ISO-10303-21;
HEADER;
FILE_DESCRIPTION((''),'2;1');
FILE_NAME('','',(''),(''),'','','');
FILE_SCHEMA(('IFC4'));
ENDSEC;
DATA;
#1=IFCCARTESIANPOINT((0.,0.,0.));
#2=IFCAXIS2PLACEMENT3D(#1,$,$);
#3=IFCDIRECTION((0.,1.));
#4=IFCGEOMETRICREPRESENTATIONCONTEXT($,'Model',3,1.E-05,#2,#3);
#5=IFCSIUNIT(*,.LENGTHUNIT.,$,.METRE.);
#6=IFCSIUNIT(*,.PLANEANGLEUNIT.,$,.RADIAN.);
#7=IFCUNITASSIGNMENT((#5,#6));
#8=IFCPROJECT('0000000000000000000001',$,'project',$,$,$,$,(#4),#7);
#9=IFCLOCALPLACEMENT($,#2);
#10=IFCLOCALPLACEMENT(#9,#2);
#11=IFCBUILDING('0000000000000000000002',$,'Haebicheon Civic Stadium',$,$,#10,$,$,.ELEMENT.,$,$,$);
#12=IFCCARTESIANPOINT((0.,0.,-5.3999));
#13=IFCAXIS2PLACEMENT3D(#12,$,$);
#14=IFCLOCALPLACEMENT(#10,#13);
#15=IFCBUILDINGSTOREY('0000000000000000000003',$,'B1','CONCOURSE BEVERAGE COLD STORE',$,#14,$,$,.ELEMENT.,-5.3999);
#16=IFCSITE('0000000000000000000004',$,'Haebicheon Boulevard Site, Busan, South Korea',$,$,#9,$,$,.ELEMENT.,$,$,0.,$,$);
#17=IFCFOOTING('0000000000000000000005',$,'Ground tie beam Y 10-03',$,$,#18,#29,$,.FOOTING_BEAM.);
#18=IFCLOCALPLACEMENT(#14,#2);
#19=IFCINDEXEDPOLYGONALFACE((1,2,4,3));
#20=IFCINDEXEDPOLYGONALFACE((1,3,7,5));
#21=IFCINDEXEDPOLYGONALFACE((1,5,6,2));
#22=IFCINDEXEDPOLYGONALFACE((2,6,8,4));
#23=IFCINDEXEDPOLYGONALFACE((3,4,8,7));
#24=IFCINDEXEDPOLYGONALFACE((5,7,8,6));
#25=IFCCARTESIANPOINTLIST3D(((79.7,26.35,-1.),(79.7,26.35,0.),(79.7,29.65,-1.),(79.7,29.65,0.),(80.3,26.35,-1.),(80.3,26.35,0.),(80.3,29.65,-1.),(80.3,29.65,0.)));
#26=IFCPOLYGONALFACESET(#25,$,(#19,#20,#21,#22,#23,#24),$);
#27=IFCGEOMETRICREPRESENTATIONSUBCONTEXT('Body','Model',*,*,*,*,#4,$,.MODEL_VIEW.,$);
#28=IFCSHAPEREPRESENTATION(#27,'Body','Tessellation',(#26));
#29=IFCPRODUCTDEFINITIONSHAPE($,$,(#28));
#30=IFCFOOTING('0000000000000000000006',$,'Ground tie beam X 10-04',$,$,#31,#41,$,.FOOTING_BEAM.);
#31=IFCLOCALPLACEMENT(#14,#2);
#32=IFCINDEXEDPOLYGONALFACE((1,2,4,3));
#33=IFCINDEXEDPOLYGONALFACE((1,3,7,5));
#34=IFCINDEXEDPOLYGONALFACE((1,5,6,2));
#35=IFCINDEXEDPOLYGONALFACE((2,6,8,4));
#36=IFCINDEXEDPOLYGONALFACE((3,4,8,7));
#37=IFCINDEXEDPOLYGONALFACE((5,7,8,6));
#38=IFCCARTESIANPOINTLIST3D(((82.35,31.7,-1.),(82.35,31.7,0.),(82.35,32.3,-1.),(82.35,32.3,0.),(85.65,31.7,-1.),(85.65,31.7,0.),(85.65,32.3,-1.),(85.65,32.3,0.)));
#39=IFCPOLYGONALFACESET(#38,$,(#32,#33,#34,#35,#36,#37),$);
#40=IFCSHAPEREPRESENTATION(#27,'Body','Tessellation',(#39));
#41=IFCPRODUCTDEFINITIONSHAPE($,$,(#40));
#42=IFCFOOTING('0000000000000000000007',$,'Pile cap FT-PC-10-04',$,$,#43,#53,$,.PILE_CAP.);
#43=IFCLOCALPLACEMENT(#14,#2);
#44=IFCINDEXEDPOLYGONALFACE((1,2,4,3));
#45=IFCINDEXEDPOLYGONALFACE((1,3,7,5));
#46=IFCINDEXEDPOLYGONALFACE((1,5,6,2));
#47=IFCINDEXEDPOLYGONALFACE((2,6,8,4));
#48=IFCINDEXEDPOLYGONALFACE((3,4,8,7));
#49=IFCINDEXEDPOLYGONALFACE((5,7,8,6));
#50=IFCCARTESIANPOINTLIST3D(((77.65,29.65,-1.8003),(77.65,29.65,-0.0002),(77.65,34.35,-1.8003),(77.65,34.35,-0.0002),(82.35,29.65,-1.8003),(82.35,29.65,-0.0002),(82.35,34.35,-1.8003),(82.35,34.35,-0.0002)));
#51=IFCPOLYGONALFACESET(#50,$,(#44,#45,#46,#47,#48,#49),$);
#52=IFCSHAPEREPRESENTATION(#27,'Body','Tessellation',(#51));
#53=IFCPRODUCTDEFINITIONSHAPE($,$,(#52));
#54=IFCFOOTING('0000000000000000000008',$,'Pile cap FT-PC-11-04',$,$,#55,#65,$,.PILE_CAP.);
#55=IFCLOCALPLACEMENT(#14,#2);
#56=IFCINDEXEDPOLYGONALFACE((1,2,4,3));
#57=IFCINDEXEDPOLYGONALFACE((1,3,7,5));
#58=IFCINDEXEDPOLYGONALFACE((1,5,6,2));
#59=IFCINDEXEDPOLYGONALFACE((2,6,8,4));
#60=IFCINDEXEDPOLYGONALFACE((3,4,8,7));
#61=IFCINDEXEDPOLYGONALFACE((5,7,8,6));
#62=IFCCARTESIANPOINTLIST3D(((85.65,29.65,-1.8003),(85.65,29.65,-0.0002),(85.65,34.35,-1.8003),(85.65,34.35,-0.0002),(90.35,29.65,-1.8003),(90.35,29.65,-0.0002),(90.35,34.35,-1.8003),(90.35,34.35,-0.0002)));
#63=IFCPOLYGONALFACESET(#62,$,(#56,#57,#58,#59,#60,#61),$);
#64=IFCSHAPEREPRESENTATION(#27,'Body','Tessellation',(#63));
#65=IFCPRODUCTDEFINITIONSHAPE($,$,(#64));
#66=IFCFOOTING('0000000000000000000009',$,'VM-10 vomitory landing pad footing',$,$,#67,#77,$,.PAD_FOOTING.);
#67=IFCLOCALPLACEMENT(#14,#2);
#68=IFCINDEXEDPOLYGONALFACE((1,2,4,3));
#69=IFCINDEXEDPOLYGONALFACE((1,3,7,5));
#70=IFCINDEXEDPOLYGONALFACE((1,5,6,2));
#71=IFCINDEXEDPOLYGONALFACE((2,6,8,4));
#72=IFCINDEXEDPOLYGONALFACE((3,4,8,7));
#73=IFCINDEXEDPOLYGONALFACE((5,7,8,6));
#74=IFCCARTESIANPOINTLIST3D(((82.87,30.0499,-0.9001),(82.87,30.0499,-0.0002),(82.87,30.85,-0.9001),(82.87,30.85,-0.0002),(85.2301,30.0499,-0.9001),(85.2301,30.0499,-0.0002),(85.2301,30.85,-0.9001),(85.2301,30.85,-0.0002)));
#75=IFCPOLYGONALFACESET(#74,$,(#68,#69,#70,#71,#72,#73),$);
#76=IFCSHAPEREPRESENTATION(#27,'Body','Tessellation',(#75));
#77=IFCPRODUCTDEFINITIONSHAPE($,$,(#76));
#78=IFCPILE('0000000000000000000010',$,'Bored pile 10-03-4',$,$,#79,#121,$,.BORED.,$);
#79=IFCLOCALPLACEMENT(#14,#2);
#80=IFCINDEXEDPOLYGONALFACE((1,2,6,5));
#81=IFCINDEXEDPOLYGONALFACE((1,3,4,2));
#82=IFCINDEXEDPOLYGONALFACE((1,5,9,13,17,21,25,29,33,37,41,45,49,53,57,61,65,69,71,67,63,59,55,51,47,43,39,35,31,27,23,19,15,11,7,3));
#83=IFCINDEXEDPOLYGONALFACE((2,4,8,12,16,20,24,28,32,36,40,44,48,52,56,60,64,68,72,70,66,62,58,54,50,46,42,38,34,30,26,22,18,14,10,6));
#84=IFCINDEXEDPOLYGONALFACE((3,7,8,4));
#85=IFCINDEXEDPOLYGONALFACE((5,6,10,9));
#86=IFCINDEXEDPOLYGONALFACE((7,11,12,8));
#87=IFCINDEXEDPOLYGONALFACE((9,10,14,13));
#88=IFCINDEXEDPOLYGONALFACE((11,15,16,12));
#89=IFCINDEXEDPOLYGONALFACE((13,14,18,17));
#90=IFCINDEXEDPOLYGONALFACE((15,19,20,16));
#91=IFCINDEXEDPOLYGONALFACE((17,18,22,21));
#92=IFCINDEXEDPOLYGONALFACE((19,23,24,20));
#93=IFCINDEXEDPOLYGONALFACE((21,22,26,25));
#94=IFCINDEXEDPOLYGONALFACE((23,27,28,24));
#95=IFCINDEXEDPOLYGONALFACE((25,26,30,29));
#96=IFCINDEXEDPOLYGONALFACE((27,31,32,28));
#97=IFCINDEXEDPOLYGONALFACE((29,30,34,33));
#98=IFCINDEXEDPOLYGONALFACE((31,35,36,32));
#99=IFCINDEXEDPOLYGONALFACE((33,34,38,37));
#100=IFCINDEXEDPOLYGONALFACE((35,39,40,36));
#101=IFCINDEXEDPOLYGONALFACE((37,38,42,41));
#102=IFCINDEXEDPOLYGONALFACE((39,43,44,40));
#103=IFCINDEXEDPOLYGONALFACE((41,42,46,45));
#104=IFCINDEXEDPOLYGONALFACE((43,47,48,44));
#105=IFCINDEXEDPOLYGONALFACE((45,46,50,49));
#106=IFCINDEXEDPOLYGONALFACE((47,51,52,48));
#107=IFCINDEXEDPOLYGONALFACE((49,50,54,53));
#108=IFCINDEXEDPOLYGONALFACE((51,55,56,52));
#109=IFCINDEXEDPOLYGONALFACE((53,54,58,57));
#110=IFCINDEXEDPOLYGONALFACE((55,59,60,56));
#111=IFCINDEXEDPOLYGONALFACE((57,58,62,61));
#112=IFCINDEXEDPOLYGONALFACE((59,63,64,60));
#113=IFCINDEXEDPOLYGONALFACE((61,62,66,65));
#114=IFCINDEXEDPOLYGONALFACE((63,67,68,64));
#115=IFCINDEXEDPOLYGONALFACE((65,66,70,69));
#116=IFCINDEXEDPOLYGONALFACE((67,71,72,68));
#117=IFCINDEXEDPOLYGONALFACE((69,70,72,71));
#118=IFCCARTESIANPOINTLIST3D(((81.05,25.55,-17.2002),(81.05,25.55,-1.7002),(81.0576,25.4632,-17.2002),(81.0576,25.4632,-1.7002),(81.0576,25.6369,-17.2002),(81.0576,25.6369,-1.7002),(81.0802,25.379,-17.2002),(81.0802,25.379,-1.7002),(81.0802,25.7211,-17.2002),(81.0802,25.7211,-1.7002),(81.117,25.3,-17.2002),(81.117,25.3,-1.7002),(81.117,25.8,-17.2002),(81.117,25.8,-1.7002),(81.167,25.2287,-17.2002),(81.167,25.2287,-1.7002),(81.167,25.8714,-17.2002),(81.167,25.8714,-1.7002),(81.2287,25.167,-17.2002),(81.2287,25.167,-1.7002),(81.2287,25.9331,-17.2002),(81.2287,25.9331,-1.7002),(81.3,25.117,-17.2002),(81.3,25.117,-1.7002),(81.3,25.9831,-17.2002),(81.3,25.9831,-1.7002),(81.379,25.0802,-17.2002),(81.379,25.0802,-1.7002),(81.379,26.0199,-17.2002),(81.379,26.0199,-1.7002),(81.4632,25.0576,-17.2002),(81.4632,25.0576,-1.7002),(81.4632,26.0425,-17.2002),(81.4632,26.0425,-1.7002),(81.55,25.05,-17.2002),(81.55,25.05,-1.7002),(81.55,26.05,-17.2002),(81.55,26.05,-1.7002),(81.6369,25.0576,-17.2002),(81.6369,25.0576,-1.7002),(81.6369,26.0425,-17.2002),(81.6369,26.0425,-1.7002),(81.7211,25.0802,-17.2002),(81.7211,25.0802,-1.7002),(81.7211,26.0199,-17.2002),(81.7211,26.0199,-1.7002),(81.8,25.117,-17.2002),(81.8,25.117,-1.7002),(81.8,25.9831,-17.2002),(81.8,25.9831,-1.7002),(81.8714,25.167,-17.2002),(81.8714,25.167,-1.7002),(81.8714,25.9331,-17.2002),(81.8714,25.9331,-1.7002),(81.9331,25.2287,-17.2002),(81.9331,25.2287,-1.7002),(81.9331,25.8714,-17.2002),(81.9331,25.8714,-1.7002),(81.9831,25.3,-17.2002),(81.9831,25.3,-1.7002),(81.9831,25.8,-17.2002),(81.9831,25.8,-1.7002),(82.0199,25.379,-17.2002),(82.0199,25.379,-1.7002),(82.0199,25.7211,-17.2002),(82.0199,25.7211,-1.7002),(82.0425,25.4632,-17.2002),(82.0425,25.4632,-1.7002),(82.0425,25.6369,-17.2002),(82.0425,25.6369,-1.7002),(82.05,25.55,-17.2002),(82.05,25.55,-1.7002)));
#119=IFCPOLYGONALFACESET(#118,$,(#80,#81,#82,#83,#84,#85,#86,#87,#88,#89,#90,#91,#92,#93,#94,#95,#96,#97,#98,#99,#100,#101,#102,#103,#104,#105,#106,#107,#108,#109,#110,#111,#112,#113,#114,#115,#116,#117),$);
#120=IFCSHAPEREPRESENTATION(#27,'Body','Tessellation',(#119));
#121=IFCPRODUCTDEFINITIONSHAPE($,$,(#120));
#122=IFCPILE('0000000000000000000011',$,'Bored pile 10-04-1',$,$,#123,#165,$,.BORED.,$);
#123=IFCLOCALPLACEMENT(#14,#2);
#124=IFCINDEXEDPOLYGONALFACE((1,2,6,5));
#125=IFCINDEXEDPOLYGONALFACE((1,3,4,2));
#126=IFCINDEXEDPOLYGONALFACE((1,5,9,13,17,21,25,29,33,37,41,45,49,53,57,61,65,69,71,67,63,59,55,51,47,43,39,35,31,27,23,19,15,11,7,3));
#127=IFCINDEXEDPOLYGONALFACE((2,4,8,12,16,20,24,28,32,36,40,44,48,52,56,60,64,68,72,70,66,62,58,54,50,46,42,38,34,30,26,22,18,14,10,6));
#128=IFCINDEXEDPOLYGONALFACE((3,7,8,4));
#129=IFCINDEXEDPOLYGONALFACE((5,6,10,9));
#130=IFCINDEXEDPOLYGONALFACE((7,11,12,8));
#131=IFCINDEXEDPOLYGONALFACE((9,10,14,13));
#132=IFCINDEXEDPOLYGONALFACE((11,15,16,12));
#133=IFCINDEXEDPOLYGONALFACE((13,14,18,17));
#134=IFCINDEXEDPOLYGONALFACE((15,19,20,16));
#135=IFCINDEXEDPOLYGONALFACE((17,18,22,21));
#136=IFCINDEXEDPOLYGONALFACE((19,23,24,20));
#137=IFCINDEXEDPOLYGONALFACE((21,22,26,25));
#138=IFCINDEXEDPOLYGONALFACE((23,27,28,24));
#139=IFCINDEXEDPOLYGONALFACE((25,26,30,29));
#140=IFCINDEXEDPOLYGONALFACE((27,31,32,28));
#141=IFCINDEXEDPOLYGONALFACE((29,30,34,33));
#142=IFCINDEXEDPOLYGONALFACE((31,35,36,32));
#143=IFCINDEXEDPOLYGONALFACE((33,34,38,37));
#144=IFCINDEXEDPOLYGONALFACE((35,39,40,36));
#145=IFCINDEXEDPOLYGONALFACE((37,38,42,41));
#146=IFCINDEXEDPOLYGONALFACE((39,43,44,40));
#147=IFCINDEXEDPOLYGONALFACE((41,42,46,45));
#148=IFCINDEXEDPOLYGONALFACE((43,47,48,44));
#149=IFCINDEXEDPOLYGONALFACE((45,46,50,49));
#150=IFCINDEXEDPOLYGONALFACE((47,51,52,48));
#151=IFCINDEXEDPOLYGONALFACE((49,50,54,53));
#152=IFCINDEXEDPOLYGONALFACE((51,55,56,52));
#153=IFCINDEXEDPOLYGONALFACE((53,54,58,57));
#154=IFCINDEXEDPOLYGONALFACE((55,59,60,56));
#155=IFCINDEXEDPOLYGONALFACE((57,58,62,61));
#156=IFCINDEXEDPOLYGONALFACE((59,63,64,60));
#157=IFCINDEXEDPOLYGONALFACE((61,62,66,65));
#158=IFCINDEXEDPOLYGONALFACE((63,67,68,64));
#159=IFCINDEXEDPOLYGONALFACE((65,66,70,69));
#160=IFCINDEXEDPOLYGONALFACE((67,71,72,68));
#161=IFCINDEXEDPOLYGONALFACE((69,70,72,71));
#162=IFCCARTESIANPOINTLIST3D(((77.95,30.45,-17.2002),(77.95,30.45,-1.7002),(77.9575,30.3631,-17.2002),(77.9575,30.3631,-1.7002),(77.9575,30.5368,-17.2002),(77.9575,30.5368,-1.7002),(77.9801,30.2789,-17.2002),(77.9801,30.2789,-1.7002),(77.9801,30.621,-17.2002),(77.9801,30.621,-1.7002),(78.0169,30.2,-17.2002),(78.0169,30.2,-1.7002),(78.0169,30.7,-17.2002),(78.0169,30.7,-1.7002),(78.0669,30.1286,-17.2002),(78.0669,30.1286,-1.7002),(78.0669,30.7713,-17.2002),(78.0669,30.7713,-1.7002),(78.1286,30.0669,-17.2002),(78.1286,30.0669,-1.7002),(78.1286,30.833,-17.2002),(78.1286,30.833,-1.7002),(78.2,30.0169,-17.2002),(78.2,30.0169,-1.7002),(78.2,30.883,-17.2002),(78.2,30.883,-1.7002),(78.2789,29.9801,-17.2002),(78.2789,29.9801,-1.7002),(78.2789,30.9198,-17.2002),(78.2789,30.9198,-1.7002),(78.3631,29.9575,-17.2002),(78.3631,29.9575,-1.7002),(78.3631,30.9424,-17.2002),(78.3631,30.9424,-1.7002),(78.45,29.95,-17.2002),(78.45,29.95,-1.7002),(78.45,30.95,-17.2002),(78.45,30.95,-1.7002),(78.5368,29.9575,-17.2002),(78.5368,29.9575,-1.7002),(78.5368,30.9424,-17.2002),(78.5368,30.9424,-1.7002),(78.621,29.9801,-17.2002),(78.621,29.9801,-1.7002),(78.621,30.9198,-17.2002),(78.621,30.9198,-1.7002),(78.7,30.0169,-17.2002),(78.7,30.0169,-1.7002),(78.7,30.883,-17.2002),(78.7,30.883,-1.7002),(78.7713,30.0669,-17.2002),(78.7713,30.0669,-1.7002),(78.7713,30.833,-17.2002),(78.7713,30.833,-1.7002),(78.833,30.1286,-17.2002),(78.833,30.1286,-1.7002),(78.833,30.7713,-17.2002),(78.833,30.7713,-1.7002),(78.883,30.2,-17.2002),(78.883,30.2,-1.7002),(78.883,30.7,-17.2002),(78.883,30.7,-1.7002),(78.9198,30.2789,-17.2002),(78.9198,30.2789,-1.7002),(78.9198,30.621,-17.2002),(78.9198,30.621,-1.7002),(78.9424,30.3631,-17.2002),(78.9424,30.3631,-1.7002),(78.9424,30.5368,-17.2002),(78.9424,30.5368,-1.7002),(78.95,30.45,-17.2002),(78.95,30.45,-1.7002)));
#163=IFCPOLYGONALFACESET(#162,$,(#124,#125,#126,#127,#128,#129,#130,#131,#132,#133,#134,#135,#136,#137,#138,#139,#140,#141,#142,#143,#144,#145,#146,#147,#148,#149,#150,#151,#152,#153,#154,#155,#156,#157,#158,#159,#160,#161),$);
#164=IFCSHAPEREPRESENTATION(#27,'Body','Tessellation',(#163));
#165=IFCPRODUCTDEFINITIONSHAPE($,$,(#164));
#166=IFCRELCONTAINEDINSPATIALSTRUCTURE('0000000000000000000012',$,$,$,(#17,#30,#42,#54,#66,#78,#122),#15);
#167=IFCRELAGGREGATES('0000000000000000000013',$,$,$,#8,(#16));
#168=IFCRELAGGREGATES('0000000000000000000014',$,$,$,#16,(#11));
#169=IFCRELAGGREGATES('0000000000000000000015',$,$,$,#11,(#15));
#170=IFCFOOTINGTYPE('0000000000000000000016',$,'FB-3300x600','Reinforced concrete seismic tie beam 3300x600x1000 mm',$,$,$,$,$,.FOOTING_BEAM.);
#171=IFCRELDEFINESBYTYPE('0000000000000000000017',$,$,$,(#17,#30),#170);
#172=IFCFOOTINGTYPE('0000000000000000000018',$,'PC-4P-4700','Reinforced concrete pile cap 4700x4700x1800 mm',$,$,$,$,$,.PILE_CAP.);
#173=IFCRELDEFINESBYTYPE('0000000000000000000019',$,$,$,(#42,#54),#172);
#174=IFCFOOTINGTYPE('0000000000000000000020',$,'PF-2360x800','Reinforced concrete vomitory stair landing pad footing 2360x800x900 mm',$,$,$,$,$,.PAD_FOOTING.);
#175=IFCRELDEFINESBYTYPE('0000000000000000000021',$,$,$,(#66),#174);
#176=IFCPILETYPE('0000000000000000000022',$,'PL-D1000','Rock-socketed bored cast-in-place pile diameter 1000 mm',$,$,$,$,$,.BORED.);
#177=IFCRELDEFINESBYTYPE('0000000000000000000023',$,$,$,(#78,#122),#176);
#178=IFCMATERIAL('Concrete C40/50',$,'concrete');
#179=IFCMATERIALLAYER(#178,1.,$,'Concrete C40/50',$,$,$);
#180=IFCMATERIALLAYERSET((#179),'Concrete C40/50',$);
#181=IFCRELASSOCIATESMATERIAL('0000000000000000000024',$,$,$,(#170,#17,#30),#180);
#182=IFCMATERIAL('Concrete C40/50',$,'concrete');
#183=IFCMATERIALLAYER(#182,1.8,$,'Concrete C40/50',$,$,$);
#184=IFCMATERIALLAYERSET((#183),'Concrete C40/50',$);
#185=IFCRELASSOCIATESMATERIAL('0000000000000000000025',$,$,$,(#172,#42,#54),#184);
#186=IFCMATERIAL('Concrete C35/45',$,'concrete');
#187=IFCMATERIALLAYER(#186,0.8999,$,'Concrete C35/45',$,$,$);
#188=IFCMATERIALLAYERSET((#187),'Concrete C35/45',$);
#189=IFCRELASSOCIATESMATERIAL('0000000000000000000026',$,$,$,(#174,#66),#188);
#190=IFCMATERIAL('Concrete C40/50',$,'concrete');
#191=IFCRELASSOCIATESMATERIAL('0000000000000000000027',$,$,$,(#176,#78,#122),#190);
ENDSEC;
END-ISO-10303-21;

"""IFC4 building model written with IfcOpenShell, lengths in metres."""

from ifc_helpers import new_model, si_unit, direction, frame, origin, origin_2d, place, context, subcontext, project, spatial, rectangle, circle, extrude, material, layer, layer_set, material_profile, profile_set, type_object, element, save


model = new_model("IFC4")

# Units and contexts
model_context = context("Model", 3, precision=1e-05, world=origin(), true_north=direction((0.0, 1.0)))
body_context = subcontext(model_context, "Body", "Model", "MODEL_VIEW")
ifc_project = project(units=[si_unit("LENGTHUNIT", "METRE"), si_unit("PLANEANGLEUNIT", "RADIAN")], contexts=[model_context])

# Site, building, storey
site_placement = place(None, origin())
site = spatial("IfcSite", under=ifc_project, at=site_placement, Name="Haebicheon Boulevard Site, Busan, South Korea", CompositionType="ELEMENT", RefElevation=0.0)
building_placement = place(site_placement, origin())
building = spatial("IfcBuilding", under=site, at=building_placement, Name="Haebicheon Civic Stadium", CompositionType="ELEMENT")
storey_placement = place(building_placement, frame((0.0, 0.0, -5.3999)))
storey = spatial("IfcBuildingStorey", under=building, at=storey_placement, Name="B1", Description="CONCOURSE BEVERAGE COLD STORE", CompositionType="ELEMENT", Elevation=-5.3999)

# Footings
ifc_material_1 = material(Name="Concrete C40/50", Category="concrete")
ifc_layer_1 = layer(ifc_material_1, 1.0, Name="Concrete C40/50")
ifc_layer_set_1 = layer_set([ifc_layer_1], Name="Concrete C40/50")
footing_type_1 = type_object("IfcFootingType", Name="FB-3300x600", Description="Reinforced concrete seismic tie beam 3300x600x1000 mm", PredefinedType="FOOTING_BEAM", material=ifc_layer_set_1)
for number, where, z_axis, x_axis, name in (
    (1, (80.0, 28.0, -1.0), (0.0, 0.0, 1.0), (0.0, 1.0, 0.0), "Ground tie beam Y 10-03"),
    (2, (84.0, 32.0, -1.0), (0.0, 0.0, 1.0), (1.0, 0.0, 0.0), "Ground tie beam X 10-04"),
):
    element("IfcFooting", number, at=place(storey_placement, frame(where, z_axis=z_axis, x_axis=x_axis)), inside=storey, type_object=footing_type_1, material=ifc_layer_set_1, Name=name, PredefinedType="FOOTING_BEAM", context=body_context, shape_type="SweptSolid", body=[
        extrude(rectangle(XDim=3.3, YDim=0.6001, at=origin_2d()), origin(), (0.0, 0.0, 1.0), 1.0),
    ])
ifc_material_2 = material(Name="Concrete C40/50", Category="concrete")
ifc_layer_2 = layer(ifc_material_2, 1.8, Name="Concrete C40/50")
ifc_layer_set_2 = layer_set([ifc_layer_2], Name="Concrete C40/50")
footing_type_2 = type_object("IfcFootingType", Name="PC-4P-4700", Description="Reinforced concrete pile cap 4700x4700x1800 mm", PredefinedType="PILE_CAP", material=ifc_layer_set_2)
for number, where, z_axis, x_axis, name in (
    (3, (80.0, 32.0, -1.8003), (0.0, 0.0, 1.0), (1.0, 0.0, 0.0), "Pile cap FT-PC-10-04"),
    (4, (88.0, 32.0, -1.8003), (0.0, 0.0, 1.0), (1.0, 0.0, 0.0), "Pile cap FT-PC-11-04"),
):
    element("IfcFooting", number, at=place(storey_placement, frame(where, z_axis=z_axis, x_axis=x_axis)), inside=storey, type_object=footing_type_2, material=ifc_layer_set_2, Name=name, PredefinedType="PILE_CAP", context=body_context, shape_type="SweptSolid", body=[
        extrude(rectangle(XDim=4.7, YDim=4.7, at=origin_2d()), origin(), (0.0, 0.0, 1.0), 1.8),
    ])
ifc_material_3 = material(Name="Concrete C35/45", Category="concrete")
ifc_layer_3 = layer(ifc_material_3, 0.8999, Name="Concrete C35/45")
ifc_layer_set_3 = layer_set([ifc_layer_3], Name="Concrete C35/45")
footing_type_3 = type_object("IfcFootingType", Name="PF-2360x800", Description="Reinforced concrete vomitory stair landing pad footing 2360x800x900 mm", PredefinedType="PAD_FOOTING", material=ifc_layer_set_3)
footing_placement = place(storey_placement, frame((84.05, 30.45, -0.9001), z_axis=(0.0, 0.0, 1.0), x_axis=(1.0, 0.0, 0.0)))
element("IfcFooting", 5, at=footing_placement, inside=storey, type_object=footing_type_3, material=ifc_layer_set_3, Name="VM-10 vomitory landing pad footing", PredefinedType="PAD_FOOTING", context=body_context, shape_type="SweptSolid", body=[
    extrude(rectangle(XDim=2.3601, YDim=0.8, at=origin_2d()), origin(), (0.0, 0.0, 1.0), 0.8999),
])

# Piles
ifc_material_4 = material(Name="Concrete C40/50", Category="concrete")
ifc_material_profile_1 = material_profile(ifc_material_4, circle(Radius=0.5, at=origin_2d()), Name="PILE-D1000")
ifc_profile_set_1 = profile_set([ifc_material_profile_1], Name="Concrete C40/50")
pile_type = type_object("IfcPileType", Name="PL-D1000", Description="Rock-socketed bored cast-in-place pile diameter 1000 mm", PredefinedType="BORED", material=ifc_profile_set_1)
for number, where, z_axis, x_axis, name in (
    (6, (81.55, 25.55, -1.7002), (0.0, 0.0, -1.0), (1.0, 0.0, 0.0), "Bored pile 10-03-4"),
    (7, (78.45, 30.45, -1.7002), (0.0, 0.0, -1.0), (1.0, 0.0, 0.0), "Bored pile 10-04-1"),
):
    element("IfcPile", number, at=place(storey_placement, frame(where, z_axis=z_axis, x_axis=x_axis)), inside=storey, type_object=pile_type, material=ifc_profile_set_1, Name=name, PredefinedType="BORED", context=body_context, shape_type="SweptSolid", body=[
        extrude(circle(Radius=0.5, at=origin_2d()), origin(), (0.0, 0.0, 1.0), 15.5),
    ])

save(model, "model.ifc")
